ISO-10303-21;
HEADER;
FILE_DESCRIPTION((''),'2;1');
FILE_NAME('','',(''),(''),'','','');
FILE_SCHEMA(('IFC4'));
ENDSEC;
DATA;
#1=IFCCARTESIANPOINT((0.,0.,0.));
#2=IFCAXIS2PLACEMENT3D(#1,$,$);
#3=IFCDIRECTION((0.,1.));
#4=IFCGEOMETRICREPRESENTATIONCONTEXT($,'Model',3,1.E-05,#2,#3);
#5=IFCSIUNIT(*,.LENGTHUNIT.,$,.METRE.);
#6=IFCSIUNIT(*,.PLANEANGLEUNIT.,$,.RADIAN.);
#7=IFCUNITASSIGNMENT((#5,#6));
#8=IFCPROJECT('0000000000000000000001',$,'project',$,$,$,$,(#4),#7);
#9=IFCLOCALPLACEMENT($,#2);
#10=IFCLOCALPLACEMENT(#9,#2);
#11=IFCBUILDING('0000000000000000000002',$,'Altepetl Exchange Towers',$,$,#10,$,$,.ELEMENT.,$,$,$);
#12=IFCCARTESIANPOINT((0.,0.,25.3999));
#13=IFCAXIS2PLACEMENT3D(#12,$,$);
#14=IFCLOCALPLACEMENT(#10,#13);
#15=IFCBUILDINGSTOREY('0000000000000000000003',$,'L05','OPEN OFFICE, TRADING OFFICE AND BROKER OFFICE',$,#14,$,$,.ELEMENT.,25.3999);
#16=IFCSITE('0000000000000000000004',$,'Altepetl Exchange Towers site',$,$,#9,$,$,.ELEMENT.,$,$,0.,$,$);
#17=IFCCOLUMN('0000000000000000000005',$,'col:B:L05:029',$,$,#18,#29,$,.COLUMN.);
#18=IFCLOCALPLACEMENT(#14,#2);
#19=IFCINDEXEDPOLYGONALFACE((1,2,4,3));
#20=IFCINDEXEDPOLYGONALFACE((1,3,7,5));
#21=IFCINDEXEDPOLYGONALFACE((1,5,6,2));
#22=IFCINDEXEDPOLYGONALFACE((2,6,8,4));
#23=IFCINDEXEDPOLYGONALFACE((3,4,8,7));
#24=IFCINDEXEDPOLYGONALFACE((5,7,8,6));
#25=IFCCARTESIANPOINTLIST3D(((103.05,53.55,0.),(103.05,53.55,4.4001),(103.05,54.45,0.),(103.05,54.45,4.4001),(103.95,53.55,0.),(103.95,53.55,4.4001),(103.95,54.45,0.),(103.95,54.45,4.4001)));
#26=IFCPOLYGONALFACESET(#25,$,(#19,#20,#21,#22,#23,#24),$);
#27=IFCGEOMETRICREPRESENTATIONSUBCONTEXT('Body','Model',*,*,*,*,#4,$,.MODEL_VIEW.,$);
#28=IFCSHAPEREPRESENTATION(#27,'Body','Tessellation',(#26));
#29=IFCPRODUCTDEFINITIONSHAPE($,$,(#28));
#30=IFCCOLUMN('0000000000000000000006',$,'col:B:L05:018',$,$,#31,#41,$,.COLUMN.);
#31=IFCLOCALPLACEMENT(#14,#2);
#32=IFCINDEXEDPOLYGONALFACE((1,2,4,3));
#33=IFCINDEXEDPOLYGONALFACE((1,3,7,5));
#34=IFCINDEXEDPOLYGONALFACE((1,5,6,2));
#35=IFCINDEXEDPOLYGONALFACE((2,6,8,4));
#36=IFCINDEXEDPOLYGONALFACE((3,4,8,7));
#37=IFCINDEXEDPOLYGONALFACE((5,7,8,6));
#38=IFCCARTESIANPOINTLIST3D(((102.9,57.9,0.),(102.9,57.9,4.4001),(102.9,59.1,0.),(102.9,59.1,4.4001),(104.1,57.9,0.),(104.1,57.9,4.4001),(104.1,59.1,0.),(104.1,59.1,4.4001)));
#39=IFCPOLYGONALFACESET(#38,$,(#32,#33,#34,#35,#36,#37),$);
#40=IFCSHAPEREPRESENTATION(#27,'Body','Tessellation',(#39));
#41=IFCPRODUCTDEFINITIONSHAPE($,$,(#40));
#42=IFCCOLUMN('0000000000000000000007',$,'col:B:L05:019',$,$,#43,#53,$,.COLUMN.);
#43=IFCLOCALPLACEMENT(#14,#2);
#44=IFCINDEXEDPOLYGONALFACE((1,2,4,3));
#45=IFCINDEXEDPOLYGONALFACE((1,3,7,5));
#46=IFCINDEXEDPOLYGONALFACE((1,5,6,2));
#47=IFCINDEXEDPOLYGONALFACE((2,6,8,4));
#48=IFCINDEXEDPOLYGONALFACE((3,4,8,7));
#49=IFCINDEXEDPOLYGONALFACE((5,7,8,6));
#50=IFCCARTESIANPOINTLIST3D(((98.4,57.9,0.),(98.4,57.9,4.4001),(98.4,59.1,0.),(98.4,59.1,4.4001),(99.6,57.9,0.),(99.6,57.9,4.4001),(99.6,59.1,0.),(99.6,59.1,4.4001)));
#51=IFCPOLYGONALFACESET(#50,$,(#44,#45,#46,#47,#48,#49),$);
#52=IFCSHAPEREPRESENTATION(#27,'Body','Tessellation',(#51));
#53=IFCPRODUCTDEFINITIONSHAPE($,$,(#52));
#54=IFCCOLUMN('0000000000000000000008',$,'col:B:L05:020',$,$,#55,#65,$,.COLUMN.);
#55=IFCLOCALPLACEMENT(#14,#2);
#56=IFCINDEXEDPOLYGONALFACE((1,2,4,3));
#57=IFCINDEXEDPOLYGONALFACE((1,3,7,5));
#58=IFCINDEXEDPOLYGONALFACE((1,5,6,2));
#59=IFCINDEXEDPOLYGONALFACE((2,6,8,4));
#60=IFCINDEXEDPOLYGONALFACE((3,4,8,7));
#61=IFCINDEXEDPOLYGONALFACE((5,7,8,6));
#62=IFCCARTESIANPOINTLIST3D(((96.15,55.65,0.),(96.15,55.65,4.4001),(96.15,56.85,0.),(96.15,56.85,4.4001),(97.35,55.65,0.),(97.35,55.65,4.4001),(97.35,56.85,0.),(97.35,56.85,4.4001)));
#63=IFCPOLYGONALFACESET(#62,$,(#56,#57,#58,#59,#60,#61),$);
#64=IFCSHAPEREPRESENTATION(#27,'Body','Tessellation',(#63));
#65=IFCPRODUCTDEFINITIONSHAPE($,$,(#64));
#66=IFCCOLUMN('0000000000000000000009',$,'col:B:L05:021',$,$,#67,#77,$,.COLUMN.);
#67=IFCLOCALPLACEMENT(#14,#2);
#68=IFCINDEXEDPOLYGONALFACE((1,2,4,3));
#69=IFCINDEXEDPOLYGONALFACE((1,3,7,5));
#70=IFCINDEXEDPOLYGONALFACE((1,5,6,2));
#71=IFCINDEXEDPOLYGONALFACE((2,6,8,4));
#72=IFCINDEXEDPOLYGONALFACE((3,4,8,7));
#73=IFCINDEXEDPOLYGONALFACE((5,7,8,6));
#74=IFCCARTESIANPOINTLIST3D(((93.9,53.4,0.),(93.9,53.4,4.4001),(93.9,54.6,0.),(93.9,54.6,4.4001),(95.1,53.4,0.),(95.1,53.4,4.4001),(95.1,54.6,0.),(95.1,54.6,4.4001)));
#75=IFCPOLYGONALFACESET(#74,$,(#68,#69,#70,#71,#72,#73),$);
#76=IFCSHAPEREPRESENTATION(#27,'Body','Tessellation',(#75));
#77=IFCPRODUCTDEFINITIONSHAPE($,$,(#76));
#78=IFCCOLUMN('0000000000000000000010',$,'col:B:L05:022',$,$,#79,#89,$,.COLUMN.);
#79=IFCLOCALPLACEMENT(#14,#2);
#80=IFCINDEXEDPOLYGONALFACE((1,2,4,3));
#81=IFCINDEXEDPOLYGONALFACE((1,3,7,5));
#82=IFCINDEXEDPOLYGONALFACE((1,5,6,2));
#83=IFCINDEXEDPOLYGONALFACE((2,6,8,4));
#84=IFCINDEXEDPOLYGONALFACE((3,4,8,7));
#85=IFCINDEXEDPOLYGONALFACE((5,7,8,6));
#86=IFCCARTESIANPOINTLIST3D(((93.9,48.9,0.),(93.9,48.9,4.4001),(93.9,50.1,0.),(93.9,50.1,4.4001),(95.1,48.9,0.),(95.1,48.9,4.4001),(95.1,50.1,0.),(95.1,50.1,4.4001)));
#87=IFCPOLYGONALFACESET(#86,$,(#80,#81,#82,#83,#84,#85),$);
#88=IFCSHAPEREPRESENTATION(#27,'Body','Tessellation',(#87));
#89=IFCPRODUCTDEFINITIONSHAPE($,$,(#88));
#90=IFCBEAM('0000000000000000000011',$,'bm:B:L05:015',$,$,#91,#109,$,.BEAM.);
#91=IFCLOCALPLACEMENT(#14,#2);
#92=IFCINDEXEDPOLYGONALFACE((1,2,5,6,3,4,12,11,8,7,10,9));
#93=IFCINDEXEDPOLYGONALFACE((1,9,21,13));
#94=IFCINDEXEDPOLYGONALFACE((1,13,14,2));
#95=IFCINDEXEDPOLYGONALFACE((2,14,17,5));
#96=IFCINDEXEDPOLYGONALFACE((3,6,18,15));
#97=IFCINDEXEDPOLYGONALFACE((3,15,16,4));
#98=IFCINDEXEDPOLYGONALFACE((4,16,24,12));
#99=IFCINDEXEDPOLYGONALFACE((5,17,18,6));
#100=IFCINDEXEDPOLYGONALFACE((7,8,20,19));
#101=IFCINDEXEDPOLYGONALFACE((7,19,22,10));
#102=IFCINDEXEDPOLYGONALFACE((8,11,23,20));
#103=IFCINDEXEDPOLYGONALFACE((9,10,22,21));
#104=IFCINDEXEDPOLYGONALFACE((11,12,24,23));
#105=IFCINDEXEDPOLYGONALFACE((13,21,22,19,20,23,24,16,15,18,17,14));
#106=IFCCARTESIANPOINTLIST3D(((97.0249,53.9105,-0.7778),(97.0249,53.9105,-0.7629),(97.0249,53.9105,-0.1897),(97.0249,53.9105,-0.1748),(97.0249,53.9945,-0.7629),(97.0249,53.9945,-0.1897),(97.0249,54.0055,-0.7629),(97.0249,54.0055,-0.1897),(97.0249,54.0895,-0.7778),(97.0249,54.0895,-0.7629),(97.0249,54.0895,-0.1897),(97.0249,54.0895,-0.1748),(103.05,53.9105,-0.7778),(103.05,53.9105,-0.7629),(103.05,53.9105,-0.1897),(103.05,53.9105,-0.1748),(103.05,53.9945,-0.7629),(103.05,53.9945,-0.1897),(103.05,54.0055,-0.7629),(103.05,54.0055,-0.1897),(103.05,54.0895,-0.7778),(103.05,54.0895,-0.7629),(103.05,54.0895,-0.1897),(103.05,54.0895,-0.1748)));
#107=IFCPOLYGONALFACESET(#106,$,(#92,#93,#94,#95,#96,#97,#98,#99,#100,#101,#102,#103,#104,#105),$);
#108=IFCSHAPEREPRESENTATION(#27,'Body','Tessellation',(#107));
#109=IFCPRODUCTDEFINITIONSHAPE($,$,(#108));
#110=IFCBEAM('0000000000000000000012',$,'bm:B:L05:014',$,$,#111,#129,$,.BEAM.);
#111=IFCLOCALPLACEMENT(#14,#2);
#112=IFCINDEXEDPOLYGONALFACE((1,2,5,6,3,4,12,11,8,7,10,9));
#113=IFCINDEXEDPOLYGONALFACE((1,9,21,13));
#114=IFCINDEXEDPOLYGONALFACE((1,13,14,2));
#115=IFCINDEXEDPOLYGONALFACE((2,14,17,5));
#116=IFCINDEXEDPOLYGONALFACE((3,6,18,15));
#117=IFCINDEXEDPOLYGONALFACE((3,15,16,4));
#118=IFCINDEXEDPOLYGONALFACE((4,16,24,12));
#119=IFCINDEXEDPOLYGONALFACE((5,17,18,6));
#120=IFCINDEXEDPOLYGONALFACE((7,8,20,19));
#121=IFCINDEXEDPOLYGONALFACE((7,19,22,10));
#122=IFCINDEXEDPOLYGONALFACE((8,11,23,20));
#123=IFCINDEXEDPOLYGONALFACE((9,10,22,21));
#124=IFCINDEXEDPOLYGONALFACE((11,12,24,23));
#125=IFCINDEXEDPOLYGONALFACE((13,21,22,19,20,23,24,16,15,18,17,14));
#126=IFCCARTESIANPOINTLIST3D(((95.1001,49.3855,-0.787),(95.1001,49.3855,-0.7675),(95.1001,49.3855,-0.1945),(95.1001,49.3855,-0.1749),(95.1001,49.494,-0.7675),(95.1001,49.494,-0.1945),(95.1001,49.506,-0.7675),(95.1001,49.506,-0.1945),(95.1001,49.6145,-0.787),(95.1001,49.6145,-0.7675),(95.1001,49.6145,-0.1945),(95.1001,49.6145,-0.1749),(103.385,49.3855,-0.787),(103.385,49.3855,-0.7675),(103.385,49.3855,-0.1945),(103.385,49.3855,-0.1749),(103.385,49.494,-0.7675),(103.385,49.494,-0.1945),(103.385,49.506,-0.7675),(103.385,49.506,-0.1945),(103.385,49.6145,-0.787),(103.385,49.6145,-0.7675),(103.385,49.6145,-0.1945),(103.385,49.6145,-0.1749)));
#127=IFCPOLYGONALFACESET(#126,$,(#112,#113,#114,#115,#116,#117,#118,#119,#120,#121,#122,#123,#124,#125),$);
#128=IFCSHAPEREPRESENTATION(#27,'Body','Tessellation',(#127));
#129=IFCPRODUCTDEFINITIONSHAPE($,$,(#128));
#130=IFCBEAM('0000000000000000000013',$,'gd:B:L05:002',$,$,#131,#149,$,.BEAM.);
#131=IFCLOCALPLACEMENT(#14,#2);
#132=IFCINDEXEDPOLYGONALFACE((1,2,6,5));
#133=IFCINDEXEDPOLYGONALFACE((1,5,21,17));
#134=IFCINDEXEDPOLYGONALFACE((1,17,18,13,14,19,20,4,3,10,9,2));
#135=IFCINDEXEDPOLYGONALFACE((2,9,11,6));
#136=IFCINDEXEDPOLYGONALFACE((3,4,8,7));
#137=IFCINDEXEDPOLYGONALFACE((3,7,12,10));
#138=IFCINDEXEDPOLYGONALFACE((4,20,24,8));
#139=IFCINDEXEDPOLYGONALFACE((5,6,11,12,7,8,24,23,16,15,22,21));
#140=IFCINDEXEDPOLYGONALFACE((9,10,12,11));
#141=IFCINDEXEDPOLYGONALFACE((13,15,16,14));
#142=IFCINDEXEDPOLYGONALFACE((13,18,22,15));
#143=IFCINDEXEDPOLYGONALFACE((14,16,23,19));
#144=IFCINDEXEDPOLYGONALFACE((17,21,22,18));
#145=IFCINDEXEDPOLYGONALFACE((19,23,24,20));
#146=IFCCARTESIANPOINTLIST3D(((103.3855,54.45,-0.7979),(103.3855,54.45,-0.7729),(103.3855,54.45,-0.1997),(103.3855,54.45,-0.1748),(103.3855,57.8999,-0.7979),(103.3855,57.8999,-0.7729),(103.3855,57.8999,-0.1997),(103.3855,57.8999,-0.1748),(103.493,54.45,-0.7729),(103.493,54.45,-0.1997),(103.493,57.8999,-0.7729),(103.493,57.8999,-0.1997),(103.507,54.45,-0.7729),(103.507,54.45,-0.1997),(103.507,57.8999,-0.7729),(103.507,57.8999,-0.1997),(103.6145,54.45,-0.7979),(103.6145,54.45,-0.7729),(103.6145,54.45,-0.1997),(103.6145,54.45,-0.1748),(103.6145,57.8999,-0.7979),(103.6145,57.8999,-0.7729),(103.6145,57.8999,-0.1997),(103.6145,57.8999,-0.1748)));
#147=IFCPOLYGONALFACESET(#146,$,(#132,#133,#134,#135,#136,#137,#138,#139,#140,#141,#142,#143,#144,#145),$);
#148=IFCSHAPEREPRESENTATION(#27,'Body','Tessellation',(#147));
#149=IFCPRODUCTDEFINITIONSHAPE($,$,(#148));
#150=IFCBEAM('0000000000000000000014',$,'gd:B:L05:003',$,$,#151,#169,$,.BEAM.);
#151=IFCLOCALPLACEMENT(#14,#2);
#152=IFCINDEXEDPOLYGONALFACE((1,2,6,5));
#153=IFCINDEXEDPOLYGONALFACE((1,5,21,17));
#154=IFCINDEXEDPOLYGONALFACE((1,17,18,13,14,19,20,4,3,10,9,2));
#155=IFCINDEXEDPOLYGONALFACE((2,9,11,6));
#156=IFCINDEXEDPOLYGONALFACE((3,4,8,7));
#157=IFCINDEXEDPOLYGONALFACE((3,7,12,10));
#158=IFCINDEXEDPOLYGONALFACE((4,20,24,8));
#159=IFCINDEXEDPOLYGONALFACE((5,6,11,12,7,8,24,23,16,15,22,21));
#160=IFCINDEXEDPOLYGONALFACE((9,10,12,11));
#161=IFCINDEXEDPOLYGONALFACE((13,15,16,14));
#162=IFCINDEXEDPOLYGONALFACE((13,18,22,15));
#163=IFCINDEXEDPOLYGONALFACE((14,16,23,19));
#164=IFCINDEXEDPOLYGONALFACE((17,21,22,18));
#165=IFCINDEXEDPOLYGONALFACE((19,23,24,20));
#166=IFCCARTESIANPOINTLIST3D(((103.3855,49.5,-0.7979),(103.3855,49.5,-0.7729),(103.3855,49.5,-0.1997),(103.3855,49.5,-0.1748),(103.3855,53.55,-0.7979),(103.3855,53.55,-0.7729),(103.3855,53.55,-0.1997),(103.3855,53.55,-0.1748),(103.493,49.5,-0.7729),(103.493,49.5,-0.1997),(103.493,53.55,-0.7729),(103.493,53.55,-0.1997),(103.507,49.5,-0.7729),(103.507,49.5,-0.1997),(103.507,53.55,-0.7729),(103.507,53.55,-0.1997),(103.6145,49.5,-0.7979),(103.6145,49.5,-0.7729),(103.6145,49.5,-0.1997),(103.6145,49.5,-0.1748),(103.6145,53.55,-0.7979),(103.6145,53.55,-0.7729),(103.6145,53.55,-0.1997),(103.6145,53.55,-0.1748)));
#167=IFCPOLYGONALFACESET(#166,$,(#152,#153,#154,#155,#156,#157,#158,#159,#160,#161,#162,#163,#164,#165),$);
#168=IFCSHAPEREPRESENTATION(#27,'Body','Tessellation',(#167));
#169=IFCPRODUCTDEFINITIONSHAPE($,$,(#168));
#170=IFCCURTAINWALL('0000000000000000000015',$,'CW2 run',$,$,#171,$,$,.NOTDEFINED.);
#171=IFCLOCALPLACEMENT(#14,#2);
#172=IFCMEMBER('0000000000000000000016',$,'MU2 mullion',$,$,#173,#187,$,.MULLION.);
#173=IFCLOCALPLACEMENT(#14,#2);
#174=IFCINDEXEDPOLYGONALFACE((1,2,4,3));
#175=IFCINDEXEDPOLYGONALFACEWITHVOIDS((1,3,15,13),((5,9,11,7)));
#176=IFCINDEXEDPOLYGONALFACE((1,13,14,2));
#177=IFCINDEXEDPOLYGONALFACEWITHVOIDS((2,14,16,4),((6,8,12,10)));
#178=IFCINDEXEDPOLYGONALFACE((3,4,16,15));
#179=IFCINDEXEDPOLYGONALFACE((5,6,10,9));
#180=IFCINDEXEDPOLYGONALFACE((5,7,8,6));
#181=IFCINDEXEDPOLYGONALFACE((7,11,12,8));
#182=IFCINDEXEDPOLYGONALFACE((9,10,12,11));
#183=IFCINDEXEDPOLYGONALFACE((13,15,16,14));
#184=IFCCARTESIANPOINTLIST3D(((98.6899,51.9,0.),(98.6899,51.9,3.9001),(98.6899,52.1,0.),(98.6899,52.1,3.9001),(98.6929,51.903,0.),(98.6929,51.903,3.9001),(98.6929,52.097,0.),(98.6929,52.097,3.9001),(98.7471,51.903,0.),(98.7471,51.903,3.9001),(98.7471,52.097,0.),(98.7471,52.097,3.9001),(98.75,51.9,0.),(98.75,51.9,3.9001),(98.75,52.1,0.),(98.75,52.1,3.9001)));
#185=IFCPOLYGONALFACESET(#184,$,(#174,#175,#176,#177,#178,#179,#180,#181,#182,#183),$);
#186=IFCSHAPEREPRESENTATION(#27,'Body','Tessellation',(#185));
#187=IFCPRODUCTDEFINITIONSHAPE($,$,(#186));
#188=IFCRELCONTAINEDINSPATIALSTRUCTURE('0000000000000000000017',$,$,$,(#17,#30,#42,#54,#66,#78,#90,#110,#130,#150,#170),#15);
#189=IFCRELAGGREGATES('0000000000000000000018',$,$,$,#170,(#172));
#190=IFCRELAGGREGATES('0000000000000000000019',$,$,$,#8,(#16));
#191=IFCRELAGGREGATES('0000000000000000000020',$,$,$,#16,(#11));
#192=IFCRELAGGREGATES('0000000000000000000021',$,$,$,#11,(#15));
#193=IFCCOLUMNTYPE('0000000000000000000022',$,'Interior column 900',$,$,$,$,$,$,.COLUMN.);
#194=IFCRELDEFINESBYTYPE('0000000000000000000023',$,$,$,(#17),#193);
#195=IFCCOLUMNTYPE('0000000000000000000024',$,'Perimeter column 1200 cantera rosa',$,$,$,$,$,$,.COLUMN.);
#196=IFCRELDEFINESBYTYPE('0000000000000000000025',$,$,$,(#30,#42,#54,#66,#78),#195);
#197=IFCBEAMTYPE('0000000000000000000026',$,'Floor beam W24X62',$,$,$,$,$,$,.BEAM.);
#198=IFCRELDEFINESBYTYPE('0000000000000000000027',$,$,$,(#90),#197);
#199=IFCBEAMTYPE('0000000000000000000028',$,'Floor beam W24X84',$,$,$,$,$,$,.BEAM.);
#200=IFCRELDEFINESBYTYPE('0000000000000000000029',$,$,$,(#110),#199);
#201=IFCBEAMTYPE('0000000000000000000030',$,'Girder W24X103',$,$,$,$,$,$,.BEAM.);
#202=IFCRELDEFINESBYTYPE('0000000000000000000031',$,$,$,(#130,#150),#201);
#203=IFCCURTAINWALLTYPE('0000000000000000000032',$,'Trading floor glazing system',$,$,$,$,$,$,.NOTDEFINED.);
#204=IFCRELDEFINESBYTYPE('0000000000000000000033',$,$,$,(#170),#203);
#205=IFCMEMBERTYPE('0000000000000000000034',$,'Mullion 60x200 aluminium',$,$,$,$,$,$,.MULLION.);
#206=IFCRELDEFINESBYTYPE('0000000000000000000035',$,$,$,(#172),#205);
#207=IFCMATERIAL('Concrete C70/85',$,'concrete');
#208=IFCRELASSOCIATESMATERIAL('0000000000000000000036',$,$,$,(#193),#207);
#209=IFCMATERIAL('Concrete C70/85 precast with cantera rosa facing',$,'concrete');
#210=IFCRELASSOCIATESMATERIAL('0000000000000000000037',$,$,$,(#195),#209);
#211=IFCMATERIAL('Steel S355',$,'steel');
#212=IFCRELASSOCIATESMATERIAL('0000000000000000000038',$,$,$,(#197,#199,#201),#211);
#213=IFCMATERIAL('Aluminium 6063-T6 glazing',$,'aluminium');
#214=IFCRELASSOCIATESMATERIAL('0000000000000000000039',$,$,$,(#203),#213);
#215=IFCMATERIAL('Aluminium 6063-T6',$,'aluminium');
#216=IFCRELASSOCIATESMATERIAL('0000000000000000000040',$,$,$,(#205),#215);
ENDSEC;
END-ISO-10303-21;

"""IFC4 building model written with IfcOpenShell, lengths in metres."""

from ifc_helpers import new_model, si_unit, direction, frame, origin, origin_2d, place, context, subcontext, project, spatial, rectangle, hollow_rectangle, i_section, extrude, material, material_profile, profile_set, type_object, element, aggregate, save


model = new_model("IFC4")

# Units and contexts
model_context = context("Model", 3, precision=1e-05, world=origin(), true_north=direction((0.0, 1.0)))
body_context = subcontext(model_context, "Body", "Model", "MODEL_VIEW")
ifc_project = project(units=[si_unit("LENGTHUNIT", "METRE"), si_unit("PLANEANGLEUNIT", "RADIAN")], contexts=[model_context])

# Site, building, storey
site_placement = place(None, origin())
site = spatial("IfcSite", under=ifc_project, at=site_placement, Name="Altepetl Exchange Towers site", CompositionType="ELEMENT", RefElevation=0.0)
building_placement = place(site_placement, origin())
building = spatial("IfcBuilding", under=site, at=building_placement, Name="Altepetl Exchange Towers", CompositionType="ELEMENT")
storey_placement = place(building_placement, frame((0.0, 0.0, 25.3999)))
storey = spatial("IfcBuildingStorey", under=building, at=storey_placement, Name="L05", Description="OPEN OFFICE, TRADING OFFICE AND BROKER OFFICE", CompositionType="ELEMENT", Elevation=25.3999)

# Columns
ifc_material_1 = material(Name="Concrete C70/85", Category="concrete")
ifc_material_profile_1 = material_profile(ifc_material_1, rectangle(XDim=0.8999, YDim=0.8999, at=origin_2d()), Name="900 x 900")
ifc_profile_set_1 = profile_set([ifc_material_profile_1], Name="Concrete C70/85")
column_type_1 = type_object("IfcColumnType", Name="Interior column 900", PredefinedType="COLUMN", material=ifc_profile_set_1)
column_placement = place(storey_placement, frame((103.5, 54.0, 0.0)))
element("IfcColumn", 1, at=column_placement, inside=storey, type_object=column_type_1, Name="col:B:L05:029", PredefinedType="COLUMN", context=body_context, shape_type="SweptSolid", body=[
    extrude(rectangle(XDim=0.8999, YDim=0.8999, at=origin_2d()), origin(), (0.0, 0.0, 1.0), 4.4001),
])
ifc_material_2 = material(Name="Concrete C70/85 precast with cantera rosa facing", Category="concrete")
ifc_material_profile_2 = material_profile(ifc_material_2, rectangle(XDim=1.2, YDim=1.2, at=origin_2d()), Name="1200 x 1200")
ifc_profile_set_2 = profile_set([ifc_material_profile_2], Name="Concrete C70/85 precast with cantera rosa facing")
column_type_2 = type_object("IfcColumnType", Name="Perimeter column 1200 cantera rosa", PredefinedType="COLUMN", material=ifc_profile_set_2)
for number, where, name in (
    (2, (103.5, 58.5, 0.0), "col:B:L05:018"),
    (3, (99.0, 58.5, 0.0), "col:B:L05:019"),
    (4, (96.75, 56.25, 0.0), "col:B:L05:020"),
    (5, (94.5, 54.0, 0.0), "col:B:L05:021"),
    (6, (94.5, 49.5, 0.0), "col:B:L05:022"),
):
    element("IfcColumn", number, at=place(storey_placement, frame(where)), inside=storey, type_object=column_type_2, Name=name, PredefinedType="COLUMN", context=body_context, shape_type="SweptSolid", body=[
        extrude(rectangle(XDim=1.2, YDim=1.2, at=origin_2d()), origin(), (0.0, 0.0, 1.0), 4.4001),
    ])

# Beams
ifc_material_3 = material(Name="Steel S355", Category="steel")
ifc_material_profile_3 = material_profile(ifc_material_3, i_section(OverallWidth=0.179, OverallDepth=0.603, WebThickness=0.011, FlangeThickness=0.0149, at=origin_2d()), Name="W24X62")
ifc_profile_set_3 = profile_set([ifc_material_profile_3], Name="Steel S355")
beam_type_1 = type_object("IfcBeamType", Name="Floor beam W24X62", PredefinedType="BEAM", material=ifc_profile_set_3)
beam_1_placement = place(storey_placement, frame((97.0249, 54.0, -0.4763), z_axis=(1.0, 0.0, 0.0), x_axis=(0.0, 1.0, 0.0)))
element("IfcBeam", 7, at=beam_1_placement, inside=storey, type_object=beam_type_1, Name="bm:B:L05:015", PredefinedType="BEAM", context=body_context, shape_type="SweptSolid", body=[
    extrude(i_section(OverallWidth=0.179, OverallDepth=0.603, WebThickness=0.011, FlangeThickness=0.0149, at=origin_2d()), origin(), (0.0, 0.0, 1.0), 6.0251),
])
ifc_material_profile_4 = material_profile(ifc_material_3, i_section(OverallWidth=0.229, OverallDepth=0.6121, WebThickness=0.012, FlangeThickness=0.0195, at=origin_2d()), Name="W24X84")
ifc_profile_set_4 = profile_set([ifc_material_profile_4], Name="Steel S355")
beam_type_2 = type_object("IfcBeamType", Name="Floor beam W24X84", PredefinedType="BEAM", material=ifc_profile_set_4)
beam_2_placement = place(storey_placement, frame((95.1001, 49.5, -0.481), z_axis=(1.0, 0.0, 0.0), x_axis=(0.0, 1.0, 0.0)))
element("IfcBeam", 8, at=beam_2_placement, inside=storey, type_object=beam_type_2, Name="bm:B:L05:014", PredefinedType="BEAM", context=body_context, shape_type="SweptSolid", body=[
    extrude(i_section(OverallWidth=0.229, OverallDepth=0.6121, WebThickness=0.012, FlangeThickness=0.0195, at=origin_2d()), origin(), (0.0, 0.0, 1.0), 8.2849),
])
ifc_material_profile_5 = material_profile(ifc_material_3, i_section(OverallWidth=0.229, OverallDepth=0.623, WebThickness=0.0139, FlangeThickness=0.0249, at=origin_2d()), Name="W24X103")
ifc_profile_set_5 = profile_set([ifc_material_profile_5], Name="Steel S355")
beam_type_3 = type_object("IfcBeamType", Name="Girder W24X103", PredefinedType="BEAM", material=ifc_profile_set_5)
beam_3_placement = place(storey_placement, frame((103.5, 57.8999, -0.4863), z_axis=(0.0, -1.0, 0.0), x_axis=(1.0, 0.0, 0.0)))
element("IfcBeam", 9, at=beam_3_placement, inside=storey, type_object=beam_type_3, Name="gd:B:L05:002", PredefinedType="BEAM", context=body_context, shape_type="SweptSolid", body=[
    extrude(i_section(OverallWidth=0.229, OverallDepth=0.623, WebThickness=0.0139, FlangeThickness=0.0249, at=origin_2d()), origin(), (0.0, 0.0, 1.0), 3.45),
])
beam_4_placement = place(storey_placement, frame((103.5, 53.55, -0.4863), z_axis=(0.0, -1.0, 0.0), x_axis=(1.0, 0.0, 0.0)))
element("IfcBeam", 10, at=beam_4_placement, inside=storey, type_object=beam_type_3, Name="gd:B:L05:003", PredefinedType="BEAM", context=body_context, shape_type="SweptSolid", body=[
    extrude(i_section(OverallWidth=0.229, OverallDepth=0.623, WebThickness=0.0139, FlangeThickness=0.0249, at=origin_2d()), origin(), (0.0, 0.0, 1.0), 4.05),
])

# Curtain wall, member
ifc_material_4 = material(Name="Aluminium 6063-T6 glazing", Category="aluminium")
curtain_wall_type = type_object("IfcCurtainWallType", Name="Trading floor glazing system", PredefinedType="NOTDEFINED", material=ifc_material_4)
curtain_wall_1_placement = place(storey_placement, origin())
curtain_wall_1 = element("IfcCurtainWall", 11, at=curtain_wall_1_placement, inside=storey, type_object=curtain_wall_type, Name="CW2 run", PredefinedType="NOTDEFINED")
ifc_material_5 = material(Name="Aluminium 6063-T6", Category="aluminium")
ifc_material_profile_6 = material_profile(ifc_material_5, hollow_rectangle(XDim=0.0601, YDim=0.2, WallThickness=0.0029, at=origin_2d()), Name="Mullion 60x200 aluminium")
ifc_profile_set_6 = profile_set([ifc_material_profile_6], Name="Aluminium 6063-T6")
member_type = type_object("IfcMemberType", Name="Mullion 60x200 aluminium", PredefinedType="MULLION", material=ifc_profile_set_6)
member_1_placement = place(storey_placement, frame((98.72, 52.0, 0.0), z_axis=(0.0, 0.0, 1.0), x_axis=(-1.0, 0.0, 0.0)))
member_1 = element("IfcMember", 12, at=member_1_placement, type_object=member_type, Name="MU2 mullion", PredefinedType="MULLION", context=body_context, shape_type="SweptSolid", body=[
    extrude(hollow_rectangle(XDim=0.0601, YDim=0.2, WallThickness=0.0029, at=origin_2d()), origin(), (0.0, 0.0, 1.0), 3.9001),
])

aggregate(curtain_wall_1, [member_1])

save(model, "model.ifc")
